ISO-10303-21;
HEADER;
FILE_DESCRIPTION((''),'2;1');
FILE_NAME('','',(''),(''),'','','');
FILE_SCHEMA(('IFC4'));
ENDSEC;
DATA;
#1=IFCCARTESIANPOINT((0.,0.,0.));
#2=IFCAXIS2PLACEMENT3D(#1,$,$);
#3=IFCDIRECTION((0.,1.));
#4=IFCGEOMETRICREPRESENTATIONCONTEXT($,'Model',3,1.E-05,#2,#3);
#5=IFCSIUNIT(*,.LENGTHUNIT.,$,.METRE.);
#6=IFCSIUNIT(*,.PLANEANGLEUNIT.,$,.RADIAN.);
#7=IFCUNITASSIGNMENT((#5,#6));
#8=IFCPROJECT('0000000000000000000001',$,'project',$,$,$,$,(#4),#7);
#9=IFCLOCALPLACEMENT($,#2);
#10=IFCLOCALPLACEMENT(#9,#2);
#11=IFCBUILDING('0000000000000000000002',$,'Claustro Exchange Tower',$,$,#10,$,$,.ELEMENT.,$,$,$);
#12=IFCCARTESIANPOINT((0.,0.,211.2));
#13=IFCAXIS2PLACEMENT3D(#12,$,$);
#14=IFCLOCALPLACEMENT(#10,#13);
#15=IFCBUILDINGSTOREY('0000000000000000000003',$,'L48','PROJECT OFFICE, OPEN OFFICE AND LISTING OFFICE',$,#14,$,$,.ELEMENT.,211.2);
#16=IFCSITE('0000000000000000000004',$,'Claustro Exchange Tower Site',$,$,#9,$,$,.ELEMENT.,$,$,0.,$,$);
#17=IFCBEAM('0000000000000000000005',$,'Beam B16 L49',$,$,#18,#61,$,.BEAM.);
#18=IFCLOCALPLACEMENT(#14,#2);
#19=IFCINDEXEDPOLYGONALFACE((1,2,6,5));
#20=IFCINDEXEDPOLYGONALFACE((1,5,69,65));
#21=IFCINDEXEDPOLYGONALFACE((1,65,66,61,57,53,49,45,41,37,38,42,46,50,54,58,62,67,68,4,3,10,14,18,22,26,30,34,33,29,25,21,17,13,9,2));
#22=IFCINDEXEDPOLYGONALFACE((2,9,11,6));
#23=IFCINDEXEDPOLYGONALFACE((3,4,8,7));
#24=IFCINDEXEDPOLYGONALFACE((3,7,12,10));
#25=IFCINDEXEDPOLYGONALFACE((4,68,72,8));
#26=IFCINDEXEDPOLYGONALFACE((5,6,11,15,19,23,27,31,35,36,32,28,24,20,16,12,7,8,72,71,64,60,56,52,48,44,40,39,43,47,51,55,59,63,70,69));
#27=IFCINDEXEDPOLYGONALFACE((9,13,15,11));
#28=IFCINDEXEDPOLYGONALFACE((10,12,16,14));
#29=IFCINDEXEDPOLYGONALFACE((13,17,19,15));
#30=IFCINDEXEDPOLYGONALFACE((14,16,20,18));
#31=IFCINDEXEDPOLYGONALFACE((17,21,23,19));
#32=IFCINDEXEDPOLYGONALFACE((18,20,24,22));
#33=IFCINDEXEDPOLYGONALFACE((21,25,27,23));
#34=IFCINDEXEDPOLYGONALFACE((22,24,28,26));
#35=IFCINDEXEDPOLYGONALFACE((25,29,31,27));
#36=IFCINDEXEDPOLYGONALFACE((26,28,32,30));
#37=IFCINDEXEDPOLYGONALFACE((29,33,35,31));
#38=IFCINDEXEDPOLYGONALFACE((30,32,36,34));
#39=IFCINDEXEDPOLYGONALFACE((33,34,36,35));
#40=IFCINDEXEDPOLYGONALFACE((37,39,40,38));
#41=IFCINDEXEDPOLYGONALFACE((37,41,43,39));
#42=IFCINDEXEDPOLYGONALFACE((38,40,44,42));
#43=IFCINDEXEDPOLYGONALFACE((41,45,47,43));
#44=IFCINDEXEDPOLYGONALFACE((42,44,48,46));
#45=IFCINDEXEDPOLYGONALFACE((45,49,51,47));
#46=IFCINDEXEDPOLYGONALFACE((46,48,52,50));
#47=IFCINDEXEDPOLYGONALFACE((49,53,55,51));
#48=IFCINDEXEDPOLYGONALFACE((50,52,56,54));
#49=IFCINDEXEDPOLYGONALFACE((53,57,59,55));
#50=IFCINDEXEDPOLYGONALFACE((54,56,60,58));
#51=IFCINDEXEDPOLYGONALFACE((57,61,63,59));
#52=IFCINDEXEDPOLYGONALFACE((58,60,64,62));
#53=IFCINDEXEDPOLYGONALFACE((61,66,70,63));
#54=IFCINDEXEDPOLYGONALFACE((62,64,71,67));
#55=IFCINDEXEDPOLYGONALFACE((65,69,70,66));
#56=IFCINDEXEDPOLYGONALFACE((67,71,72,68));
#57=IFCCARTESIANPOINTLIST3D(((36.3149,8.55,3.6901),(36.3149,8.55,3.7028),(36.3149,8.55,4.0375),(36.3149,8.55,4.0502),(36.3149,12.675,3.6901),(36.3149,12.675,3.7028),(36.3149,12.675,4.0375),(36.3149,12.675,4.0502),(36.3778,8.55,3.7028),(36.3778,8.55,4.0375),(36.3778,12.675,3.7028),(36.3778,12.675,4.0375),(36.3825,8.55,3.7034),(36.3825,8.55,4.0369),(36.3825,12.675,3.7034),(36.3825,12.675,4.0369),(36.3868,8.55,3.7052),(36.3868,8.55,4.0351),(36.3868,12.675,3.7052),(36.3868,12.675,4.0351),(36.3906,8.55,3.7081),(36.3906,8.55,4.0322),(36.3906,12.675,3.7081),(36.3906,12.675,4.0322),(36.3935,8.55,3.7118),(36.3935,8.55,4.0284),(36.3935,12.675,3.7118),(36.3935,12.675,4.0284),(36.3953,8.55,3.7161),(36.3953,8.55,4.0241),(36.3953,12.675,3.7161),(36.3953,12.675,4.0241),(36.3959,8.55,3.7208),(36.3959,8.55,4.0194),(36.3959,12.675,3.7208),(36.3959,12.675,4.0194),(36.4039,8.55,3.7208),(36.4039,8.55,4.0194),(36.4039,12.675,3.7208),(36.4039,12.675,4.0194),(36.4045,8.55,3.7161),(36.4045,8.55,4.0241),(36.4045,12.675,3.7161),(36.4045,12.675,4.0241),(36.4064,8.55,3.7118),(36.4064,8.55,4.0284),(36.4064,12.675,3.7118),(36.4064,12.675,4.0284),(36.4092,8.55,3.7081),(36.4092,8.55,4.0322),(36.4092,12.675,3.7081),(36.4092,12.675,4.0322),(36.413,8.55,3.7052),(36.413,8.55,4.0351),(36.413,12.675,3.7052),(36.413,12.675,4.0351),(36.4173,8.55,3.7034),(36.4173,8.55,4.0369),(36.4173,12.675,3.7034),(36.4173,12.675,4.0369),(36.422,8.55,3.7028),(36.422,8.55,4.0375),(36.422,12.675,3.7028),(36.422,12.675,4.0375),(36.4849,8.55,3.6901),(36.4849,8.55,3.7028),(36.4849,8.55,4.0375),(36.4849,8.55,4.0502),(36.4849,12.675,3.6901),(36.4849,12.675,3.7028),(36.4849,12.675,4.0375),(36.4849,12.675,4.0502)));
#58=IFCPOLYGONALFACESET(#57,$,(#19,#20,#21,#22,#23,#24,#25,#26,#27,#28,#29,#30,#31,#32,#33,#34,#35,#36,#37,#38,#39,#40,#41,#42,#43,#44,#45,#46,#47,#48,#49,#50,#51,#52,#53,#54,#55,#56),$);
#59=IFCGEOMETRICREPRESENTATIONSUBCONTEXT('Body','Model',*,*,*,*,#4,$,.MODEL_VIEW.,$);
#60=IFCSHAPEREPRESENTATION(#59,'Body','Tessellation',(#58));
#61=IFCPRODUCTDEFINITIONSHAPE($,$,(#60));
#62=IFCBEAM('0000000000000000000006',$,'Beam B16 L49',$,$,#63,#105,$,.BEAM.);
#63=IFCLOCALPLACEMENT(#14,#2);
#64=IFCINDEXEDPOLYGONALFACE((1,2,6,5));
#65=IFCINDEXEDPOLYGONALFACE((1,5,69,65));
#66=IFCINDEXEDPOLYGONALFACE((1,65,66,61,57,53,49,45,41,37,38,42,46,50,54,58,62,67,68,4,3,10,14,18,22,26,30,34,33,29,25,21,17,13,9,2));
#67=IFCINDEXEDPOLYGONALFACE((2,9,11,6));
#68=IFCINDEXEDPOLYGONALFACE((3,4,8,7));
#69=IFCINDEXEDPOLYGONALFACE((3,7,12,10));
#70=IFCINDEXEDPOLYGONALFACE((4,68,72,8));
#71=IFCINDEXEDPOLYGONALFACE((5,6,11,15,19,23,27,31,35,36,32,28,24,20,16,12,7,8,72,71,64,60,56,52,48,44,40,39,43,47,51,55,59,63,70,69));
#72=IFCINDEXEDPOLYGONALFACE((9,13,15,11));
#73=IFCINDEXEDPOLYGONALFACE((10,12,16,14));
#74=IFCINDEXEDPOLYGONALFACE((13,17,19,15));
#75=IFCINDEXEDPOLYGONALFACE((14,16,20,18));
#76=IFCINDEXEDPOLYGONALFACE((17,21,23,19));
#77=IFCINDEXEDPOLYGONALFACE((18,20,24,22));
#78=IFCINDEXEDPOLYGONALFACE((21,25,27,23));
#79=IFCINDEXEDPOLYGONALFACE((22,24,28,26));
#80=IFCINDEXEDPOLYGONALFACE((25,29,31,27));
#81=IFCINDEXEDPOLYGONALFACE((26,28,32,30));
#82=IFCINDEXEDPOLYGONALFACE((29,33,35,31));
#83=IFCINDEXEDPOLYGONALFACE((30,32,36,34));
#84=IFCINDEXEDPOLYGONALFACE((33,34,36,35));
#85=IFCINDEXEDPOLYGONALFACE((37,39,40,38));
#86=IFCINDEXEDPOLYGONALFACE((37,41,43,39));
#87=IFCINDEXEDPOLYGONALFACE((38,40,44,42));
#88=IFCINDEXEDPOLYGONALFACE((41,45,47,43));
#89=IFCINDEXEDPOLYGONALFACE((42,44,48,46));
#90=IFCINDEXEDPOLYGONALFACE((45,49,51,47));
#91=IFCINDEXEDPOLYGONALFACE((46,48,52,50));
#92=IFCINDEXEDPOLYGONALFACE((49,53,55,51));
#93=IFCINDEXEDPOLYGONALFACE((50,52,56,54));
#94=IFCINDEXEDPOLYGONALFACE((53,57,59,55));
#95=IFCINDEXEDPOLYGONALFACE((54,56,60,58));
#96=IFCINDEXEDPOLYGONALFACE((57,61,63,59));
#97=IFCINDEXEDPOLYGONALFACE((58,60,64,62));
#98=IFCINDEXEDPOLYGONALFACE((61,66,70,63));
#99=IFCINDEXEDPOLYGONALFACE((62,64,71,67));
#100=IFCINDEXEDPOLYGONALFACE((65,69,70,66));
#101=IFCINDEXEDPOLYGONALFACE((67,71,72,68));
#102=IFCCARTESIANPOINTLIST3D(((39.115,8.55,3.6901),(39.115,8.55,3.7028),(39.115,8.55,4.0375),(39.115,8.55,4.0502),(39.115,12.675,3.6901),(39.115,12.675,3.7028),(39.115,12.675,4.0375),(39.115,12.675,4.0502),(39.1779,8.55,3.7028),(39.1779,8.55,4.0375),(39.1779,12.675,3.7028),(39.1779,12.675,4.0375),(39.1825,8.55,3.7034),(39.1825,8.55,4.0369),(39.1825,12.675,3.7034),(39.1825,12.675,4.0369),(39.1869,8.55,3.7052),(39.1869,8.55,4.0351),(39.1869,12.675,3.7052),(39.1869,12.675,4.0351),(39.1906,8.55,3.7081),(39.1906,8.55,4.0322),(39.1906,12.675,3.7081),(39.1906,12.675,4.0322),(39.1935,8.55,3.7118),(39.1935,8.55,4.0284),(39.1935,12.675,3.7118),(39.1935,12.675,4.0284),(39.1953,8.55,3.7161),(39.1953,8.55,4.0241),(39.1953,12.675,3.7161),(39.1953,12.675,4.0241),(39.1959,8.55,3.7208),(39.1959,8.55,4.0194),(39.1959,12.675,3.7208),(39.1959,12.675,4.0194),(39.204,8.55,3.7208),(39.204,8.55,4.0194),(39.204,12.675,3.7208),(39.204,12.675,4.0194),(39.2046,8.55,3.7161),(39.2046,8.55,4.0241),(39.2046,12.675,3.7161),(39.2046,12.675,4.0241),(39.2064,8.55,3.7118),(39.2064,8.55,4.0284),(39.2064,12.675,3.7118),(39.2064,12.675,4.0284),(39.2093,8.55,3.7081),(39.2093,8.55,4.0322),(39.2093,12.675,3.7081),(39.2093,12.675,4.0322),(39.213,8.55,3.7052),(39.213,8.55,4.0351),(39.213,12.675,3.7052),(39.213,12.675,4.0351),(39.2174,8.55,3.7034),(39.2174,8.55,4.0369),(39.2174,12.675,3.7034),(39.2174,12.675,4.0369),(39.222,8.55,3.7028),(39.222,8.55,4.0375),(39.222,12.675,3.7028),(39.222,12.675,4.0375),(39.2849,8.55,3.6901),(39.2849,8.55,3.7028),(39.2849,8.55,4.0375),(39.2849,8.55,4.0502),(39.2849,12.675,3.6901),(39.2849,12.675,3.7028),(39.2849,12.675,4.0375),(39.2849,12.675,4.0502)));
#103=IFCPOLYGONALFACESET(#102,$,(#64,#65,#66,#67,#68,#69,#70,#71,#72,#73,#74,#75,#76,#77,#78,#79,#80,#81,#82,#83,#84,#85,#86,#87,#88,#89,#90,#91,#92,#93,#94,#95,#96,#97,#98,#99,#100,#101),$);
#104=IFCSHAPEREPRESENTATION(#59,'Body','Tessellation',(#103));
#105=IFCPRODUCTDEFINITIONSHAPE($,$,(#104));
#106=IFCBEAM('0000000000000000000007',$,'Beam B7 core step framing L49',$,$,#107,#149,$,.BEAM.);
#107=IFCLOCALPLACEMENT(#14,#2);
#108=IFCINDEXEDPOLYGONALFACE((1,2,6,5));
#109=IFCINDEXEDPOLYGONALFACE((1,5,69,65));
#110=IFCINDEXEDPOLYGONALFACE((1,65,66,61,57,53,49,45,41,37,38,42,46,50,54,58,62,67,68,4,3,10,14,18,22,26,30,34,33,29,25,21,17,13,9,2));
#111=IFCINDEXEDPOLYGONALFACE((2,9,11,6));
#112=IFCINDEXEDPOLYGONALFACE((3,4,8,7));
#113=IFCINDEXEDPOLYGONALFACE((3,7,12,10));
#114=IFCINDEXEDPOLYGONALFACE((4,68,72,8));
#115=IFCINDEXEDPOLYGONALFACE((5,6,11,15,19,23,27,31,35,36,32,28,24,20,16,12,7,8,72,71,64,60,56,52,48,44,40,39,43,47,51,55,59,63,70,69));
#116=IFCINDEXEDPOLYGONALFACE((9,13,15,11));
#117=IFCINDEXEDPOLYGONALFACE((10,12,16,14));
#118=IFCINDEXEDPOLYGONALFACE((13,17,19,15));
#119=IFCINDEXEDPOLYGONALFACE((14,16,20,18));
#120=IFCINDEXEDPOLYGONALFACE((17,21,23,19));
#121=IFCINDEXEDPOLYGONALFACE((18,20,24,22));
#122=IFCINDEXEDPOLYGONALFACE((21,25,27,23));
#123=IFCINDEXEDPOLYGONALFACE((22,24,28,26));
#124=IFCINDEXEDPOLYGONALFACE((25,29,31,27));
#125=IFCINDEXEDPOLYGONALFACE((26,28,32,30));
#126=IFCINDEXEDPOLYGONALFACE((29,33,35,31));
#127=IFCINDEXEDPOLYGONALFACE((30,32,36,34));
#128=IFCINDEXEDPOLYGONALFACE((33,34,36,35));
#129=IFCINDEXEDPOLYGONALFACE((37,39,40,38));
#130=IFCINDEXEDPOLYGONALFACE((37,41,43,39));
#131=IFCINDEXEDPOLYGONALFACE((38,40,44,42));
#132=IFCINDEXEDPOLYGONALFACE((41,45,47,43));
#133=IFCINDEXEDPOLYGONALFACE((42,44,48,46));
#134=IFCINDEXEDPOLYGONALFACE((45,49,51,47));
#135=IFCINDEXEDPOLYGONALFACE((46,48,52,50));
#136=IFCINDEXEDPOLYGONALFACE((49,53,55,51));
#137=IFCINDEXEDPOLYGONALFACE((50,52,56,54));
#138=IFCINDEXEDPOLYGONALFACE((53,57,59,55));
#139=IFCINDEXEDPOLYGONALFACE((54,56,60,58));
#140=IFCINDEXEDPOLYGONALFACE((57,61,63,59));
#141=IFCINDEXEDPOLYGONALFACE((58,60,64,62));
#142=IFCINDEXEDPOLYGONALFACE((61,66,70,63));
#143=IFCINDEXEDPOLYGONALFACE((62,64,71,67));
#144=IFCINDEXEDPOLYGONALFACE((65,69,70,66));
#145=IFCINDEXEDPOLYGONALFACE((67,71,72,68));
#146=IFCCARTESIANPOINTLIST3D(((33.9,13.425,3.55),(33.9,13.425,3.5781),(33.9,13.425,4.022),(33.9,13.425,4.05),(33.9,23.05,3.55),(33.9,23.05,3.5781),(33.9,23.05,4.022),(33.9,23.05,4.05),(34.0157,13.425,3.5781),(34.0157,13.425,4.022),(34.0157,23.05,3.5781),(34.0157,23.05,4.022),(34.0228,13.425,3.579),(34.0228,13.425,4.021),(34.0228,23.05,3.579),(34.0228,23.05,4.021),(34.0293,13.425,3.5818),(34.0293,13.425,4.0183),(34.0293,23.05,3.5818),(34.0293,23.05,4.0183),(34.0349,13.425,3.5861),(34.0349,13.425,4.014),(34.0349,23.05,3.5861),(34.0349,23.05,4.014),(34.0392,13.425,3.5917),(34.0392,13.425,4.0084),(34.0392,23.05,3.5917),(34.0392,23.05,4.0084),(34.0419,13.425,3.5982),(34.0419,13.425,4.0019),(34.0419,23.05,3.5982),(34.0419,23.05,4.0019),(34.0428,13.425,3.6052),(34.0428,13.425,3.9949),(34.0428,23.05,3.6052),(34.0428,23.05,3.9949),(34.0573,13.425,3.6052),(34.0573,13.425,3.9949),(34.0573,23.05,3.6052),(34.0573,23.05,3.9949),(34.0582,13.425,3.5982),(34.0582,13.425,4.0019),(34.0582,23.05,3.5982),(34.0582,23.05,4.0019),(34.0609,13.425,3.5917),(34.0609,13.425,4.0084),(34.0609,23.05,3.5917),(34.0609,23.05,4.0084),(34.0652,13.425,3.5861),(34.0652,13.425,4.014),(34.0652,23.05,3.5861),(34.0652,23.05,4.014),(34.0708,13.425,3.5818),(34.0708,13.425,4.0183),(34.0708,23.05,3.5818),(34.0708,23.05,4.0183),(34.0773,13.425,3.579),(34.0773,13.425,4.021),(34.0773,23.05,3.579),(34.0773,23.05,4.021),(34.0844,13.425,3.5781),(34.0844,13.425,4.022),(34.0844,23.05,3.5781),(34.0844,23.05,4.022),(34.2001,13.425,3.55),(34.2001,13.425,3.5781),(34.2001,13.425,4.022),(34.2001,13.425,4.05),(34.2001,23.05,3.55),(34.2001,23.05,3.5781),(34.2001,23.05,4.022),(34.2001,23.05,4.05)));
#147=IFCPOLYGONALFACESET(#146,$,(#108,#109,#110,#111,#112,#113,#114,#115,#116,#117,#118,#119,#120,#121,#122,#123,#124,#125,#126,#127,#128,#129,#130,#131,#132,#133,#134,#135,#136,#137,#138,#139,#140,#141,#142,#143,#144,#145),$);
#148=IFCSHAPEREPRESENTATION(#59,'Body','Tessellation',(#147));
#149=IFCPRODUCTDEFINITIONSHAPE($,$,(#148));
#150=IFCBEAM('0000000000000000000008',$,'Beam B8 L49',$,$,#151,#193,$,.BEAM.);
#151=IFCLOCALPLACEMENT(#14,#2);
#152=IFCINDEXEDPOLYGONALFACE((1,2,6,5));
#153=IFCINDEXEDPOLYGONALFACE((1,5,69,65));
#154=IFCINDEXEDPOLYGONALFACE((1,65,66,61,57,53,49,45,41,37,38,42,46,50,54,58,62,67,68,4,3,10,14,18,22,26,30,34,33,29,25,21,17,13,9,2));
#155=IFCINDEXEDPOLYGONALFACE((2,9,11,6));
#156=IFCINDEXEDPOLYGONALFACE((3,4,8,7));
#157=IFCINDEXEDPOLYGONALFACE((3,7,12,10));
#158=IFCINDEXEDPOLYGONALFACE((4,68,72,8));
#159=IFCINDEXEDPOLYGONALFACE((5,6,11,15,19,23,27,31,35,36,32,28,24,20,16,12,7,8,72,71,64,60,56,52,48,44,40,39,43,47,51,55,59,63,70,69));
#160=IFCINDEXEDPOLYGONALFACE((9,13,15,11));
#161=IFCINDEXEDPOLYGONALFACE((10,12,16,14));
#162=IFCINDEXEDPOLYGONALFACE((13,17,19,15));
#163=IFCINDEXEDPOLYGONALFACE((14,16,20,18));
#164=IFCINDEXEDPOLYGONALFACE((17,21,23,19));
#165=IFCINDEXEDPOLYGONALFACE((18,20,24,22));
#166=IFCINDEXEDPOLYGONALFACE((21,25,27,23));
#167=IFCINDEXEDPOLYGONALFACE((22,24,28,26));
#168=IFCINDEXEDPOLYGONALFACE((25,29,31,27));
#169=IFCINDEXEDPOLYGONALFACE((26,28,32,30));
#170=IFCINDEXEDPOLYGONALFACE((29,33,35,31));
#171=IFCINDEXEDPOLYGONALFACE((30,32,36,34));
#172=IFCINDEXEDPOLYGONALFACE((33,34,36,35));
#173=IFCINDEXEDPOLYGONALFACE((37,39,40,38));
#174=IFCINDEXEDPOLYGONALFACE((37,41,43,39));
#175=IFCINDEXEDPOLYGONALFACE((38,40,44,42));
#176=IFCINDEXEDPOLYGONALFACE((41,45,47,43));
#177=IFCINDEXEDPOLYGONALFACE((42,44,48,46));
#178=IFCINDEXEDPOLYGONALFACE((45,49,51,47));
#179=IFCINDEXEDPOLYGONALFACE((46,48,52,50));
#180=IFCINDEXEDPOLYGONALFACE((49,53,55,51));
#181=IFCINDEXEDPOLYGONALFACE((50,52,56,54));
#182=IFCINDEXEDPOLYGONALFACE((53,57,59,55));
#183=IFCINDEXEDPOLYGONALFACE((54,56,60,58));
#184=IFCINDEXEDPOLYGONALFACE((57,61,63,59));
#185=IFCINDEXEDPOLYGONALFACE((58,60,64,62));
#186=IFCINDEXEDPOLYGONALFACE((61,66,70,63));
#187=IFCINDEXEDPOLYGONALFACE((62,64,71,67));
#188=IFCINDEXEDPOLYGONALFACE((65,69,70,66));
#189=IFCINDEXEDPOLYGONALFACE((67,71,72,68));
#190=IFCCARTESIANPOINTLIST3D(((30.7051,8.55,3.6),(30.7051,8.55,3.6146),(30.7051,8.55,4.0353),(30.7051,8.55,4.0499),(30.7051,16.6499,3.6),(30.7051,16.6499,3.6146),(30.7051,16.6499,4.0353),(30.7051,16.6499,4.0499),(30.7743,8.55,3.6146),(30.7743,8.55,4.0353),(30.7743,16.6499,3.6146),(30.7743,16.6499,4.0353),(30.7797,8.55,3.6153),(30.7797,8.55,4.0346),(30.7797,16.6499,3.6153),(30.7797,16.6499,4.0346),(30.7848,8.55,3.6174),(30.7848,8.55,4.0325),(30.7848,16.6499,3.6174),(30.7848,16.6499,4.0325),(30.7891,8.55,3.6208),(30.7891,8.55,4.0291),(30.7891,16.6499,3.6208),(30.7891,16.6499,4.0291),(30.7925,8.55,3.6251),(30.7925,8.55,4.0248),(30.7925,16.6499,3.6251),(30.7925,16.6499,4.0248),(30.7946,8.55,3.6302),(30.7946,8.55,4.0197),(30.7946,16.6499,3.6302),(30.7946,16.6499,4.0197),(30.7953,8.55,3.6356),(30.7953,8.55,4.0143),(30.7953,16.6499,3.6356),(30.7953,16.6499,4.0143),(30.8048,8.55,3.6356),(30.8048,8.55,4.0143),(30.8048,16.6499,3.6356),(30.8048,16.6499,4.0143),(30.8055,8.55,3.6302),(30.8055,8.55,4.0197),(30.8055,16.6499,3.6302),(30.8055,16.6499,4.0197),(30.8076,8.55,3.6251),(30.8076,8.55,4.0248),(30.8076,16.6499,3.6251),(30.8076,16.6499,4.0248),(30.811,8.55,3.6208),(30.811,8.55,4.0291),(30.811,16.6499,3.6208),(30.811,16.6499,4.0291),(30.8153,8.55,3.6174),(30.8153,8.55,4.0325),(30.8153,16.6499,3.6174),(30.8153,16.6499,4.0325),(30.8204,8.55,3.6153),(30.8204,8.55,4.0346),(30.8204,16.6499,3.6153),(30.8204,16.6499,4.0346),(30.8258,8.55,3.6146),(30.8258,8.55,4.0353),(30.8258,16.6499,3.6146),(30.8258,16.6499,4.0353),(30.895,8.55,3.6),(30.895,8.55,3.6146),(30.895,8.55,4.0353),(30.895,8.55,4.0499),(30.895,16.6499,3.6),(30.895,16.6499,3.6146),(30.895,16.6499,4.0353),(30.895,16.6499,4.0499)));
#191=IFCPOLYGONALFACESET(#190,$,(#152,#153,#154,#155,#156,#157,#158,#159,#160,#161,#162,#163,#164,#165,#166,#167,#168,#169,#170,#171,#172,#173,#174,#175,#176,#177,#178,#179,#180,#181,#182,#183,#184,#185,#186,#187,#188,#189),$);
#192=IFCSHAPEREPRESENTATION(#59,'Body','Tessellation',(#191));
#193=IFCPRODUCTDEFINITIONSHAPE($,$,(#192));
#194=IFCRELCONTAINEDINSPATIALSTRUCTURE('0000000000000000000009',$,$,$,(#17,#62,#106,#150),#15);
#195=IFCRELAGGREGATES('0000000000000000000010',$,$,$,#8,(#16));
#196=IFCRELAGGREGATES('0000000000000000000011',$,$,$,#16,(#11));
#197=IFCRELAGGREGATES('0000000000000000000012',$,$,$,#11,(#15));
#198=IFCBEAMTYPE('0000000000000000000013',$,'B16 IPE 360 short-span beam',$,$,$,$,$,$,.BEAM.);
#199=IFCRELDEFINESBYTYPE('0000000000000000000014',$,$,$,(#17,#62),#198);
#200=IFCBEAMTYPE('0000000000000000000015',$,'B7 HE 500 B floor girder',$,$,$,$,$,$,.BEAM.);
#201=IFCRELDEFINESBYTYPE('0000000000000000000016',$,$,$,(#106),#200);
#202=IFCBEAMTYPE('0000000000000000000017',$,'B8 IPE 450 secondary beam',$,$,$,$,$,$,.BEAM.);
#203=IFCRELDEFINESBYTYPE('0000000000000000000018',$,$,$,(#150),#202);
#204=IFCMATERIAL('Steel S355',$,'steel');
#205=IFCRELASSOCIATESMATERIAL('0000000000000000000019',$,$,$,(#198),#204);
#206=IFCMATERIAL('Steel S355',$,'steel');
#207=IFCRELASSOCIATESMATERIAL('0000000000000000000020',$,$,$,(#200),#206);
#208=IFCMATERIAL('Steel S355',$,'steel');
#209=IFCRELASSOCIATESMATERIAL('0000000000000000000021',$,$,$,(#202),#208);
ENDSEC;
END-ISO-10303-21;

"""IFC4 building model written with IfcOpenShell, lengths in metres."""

from ifc_helpers import new_model, si_unit, direction, frame, origin, origin_2d, place, context, subcontext, project, spatial, i_section, extrude, material, material_profile, profile_set, type_object, element, save


model = new_model("IFC4")

# Units and contexts
model_context = context("Model", 3, precision=1e-05, world=origin(), true_north=direction((0.0, 1.0)))
body_context = subcontext(model_context, "Body", "Model", "MODEL_VIEW")
ifc_project = project(units=[si_unit("LENGTHUNIT", "METRE"), si_unit("PLANEANGLEUNIT", "RADIAN")], contexts=[model_context])

# Site, building, storey
site_placement = place(None, origin())
site = spatial("IfcSite", under=ifc_project, at=site_placement, Name="Claustro Exchange Tower Site", CompositionType="ELEMENT", RefElevation=0.0)
building_placement = place(site_placement, origin())
building = spatial("IfcBuilding", under=site, at=building_placement, Name="Claustro Exchange Tower", CompositionType="ELEMENT")
storey_placement = place(building_placement, frame((0.0, 0.0, 211.2)))
storey = spatial("IfcBuildingStorey", under=building, at=storey_placement, Name="L48", Description="PROJECT OFFICE, OPEN OFFICE AND LISTING OFFICE", CompositionType="ELEMENT", Elevation=211.2)

# Beams
ifc_material_1 = material(Name="Steel S355", Category="steel")
ifc_material_profile_1 = material_profile(ifc_material_1, i_section(OverallWidth=0.1699, OverallDepth=0.3601, WebThickness=0.0081, FlangeThickness=0.0127, FilletRadius=0.0181, at=origin_2d()), Name="IPE 360")
ifc_profile_set_1 = profile_set([ifc_material_profile_1], Name="Steel S355")
beam_type_1 = type_object("IfcBeamType", Name="B16 IPE 360 short-span beam", PredefinedType="BEAM", material=ifc_profile_set_1)
for number, where, z_axis, x_axis, name in (
    (1, (36.3999, 8.55, 3.8701), (0.0, 1.0, 0.0), (-1.0, 0.0, 0.0), "Beam B16 L49"),
    (2, (39.2, 8.55, 3.8701), (0.0, 1.0, 0.0), (-1.0, 0.0, 0.0), "Beam B16 L49"),
):
    element("IfcBeam", number, at=place(storey_placement, frame(where, z_axis=z_axis, x_axis=x_axis)), inside=storey, type_object=beam_type_1, Name=name, PredefinedType="BEAM", context=body_context, shape_type="SweptSolid", body=[
        extrude(i_section(OverallWidth=0.1699, OverallDepth=0.3601, WebThickness=0.0081, FlangeThickness=0.0127, FilletRadius=0.0181, at=origin_2d()), origin(), (0.0, 0.0, 1.0), 4.125),
    ])
ifc_material_2 = material(Name="Steel S355", Category="steel")
ifc_material_profile_2 = material_profile(ifc_material_2, i_section(OverallWidth=0.3, OverallDepth=0.5, WebThickness=0.0144, FlangeThickness=0.0281, FilletRadius=0.0271, at=origin_2d()), Name="HE 500 B")
ifc_profile_set_2 = profile_set([ifc_material_profile_2], Name="Steel S355")
beam_type_2 = type_object("IfcBeamType", Name="B7 HE 500 B floor girder", PredefinedType="BEAM", material=ifc_profile_set_2)
beam_1_placement = place(storey_placement, frame((34.05, 13.425, 3.8), z_axis=(0.0, 1.0, 0.0), x_axis=(-1.0, 0.0, 0.0)))
element("IfcBeam", 3, at=beam_1_placement, inside=storey, type_object=beam_type_2, Name="Beam B7 core step framing L49", PredefinedType="BEAM", context=body_context, shape_type="SweptSolid", body=[
    extrude(i_section(OverallWidth=0.3, OverallDepth=0.5, WebThickness=0.0144, FlangeThickness=0.0281, FilletRadius=0.0271, at=origin_2d()), origin(), (0.0, 0.0, 1.0), 9.625),
])
ifc_material_3 = material(Name="Steel S355", Category="steel")
ifc_material_profile_3 = material_profile(ifc_material_3, i_section(OverallWidth=0.1899, OverallDepth=0.45, WebThickness=0.0095, FlangeThickness=0.0146, FilletRadius=0.021, at=origin_2d()), Name="IPE 450")
ifc_profile_set_3 = profile_set([ifc_material_profile_3], Name="Steel S355")
beam_type_3 = type_object("IfcBeamType", Name="B8 IPE 450 secondary beam", PredefinedType="BEAM", material=ifc_profile_set_3)
beam_2_placement = place(storey_placement, frame((30.8, 8.55, 3.825), z_axis=(0.0, 1.0, 0.0), x_axis=(-1.0, 0.0, 0.0)))
element("IfcBeam", 4, at=beam_2_placement, inside=storey, type_object=beam_type_3, Name="Beam B8 L49", PredefinedType="BEAM", context=body_context, shape_type="SweptSolid", body=[
    extrude(i_section(OverallWidth=0.1899, OverallDepth=0.45, WebThickness=0.0095, FlangeThickness=0.0146, FilletRadius=0.021, at=origin_2d()), origin(), (0.0, 0.0, 1.0), 8.0999),
])

save(model, "model.ifc")
